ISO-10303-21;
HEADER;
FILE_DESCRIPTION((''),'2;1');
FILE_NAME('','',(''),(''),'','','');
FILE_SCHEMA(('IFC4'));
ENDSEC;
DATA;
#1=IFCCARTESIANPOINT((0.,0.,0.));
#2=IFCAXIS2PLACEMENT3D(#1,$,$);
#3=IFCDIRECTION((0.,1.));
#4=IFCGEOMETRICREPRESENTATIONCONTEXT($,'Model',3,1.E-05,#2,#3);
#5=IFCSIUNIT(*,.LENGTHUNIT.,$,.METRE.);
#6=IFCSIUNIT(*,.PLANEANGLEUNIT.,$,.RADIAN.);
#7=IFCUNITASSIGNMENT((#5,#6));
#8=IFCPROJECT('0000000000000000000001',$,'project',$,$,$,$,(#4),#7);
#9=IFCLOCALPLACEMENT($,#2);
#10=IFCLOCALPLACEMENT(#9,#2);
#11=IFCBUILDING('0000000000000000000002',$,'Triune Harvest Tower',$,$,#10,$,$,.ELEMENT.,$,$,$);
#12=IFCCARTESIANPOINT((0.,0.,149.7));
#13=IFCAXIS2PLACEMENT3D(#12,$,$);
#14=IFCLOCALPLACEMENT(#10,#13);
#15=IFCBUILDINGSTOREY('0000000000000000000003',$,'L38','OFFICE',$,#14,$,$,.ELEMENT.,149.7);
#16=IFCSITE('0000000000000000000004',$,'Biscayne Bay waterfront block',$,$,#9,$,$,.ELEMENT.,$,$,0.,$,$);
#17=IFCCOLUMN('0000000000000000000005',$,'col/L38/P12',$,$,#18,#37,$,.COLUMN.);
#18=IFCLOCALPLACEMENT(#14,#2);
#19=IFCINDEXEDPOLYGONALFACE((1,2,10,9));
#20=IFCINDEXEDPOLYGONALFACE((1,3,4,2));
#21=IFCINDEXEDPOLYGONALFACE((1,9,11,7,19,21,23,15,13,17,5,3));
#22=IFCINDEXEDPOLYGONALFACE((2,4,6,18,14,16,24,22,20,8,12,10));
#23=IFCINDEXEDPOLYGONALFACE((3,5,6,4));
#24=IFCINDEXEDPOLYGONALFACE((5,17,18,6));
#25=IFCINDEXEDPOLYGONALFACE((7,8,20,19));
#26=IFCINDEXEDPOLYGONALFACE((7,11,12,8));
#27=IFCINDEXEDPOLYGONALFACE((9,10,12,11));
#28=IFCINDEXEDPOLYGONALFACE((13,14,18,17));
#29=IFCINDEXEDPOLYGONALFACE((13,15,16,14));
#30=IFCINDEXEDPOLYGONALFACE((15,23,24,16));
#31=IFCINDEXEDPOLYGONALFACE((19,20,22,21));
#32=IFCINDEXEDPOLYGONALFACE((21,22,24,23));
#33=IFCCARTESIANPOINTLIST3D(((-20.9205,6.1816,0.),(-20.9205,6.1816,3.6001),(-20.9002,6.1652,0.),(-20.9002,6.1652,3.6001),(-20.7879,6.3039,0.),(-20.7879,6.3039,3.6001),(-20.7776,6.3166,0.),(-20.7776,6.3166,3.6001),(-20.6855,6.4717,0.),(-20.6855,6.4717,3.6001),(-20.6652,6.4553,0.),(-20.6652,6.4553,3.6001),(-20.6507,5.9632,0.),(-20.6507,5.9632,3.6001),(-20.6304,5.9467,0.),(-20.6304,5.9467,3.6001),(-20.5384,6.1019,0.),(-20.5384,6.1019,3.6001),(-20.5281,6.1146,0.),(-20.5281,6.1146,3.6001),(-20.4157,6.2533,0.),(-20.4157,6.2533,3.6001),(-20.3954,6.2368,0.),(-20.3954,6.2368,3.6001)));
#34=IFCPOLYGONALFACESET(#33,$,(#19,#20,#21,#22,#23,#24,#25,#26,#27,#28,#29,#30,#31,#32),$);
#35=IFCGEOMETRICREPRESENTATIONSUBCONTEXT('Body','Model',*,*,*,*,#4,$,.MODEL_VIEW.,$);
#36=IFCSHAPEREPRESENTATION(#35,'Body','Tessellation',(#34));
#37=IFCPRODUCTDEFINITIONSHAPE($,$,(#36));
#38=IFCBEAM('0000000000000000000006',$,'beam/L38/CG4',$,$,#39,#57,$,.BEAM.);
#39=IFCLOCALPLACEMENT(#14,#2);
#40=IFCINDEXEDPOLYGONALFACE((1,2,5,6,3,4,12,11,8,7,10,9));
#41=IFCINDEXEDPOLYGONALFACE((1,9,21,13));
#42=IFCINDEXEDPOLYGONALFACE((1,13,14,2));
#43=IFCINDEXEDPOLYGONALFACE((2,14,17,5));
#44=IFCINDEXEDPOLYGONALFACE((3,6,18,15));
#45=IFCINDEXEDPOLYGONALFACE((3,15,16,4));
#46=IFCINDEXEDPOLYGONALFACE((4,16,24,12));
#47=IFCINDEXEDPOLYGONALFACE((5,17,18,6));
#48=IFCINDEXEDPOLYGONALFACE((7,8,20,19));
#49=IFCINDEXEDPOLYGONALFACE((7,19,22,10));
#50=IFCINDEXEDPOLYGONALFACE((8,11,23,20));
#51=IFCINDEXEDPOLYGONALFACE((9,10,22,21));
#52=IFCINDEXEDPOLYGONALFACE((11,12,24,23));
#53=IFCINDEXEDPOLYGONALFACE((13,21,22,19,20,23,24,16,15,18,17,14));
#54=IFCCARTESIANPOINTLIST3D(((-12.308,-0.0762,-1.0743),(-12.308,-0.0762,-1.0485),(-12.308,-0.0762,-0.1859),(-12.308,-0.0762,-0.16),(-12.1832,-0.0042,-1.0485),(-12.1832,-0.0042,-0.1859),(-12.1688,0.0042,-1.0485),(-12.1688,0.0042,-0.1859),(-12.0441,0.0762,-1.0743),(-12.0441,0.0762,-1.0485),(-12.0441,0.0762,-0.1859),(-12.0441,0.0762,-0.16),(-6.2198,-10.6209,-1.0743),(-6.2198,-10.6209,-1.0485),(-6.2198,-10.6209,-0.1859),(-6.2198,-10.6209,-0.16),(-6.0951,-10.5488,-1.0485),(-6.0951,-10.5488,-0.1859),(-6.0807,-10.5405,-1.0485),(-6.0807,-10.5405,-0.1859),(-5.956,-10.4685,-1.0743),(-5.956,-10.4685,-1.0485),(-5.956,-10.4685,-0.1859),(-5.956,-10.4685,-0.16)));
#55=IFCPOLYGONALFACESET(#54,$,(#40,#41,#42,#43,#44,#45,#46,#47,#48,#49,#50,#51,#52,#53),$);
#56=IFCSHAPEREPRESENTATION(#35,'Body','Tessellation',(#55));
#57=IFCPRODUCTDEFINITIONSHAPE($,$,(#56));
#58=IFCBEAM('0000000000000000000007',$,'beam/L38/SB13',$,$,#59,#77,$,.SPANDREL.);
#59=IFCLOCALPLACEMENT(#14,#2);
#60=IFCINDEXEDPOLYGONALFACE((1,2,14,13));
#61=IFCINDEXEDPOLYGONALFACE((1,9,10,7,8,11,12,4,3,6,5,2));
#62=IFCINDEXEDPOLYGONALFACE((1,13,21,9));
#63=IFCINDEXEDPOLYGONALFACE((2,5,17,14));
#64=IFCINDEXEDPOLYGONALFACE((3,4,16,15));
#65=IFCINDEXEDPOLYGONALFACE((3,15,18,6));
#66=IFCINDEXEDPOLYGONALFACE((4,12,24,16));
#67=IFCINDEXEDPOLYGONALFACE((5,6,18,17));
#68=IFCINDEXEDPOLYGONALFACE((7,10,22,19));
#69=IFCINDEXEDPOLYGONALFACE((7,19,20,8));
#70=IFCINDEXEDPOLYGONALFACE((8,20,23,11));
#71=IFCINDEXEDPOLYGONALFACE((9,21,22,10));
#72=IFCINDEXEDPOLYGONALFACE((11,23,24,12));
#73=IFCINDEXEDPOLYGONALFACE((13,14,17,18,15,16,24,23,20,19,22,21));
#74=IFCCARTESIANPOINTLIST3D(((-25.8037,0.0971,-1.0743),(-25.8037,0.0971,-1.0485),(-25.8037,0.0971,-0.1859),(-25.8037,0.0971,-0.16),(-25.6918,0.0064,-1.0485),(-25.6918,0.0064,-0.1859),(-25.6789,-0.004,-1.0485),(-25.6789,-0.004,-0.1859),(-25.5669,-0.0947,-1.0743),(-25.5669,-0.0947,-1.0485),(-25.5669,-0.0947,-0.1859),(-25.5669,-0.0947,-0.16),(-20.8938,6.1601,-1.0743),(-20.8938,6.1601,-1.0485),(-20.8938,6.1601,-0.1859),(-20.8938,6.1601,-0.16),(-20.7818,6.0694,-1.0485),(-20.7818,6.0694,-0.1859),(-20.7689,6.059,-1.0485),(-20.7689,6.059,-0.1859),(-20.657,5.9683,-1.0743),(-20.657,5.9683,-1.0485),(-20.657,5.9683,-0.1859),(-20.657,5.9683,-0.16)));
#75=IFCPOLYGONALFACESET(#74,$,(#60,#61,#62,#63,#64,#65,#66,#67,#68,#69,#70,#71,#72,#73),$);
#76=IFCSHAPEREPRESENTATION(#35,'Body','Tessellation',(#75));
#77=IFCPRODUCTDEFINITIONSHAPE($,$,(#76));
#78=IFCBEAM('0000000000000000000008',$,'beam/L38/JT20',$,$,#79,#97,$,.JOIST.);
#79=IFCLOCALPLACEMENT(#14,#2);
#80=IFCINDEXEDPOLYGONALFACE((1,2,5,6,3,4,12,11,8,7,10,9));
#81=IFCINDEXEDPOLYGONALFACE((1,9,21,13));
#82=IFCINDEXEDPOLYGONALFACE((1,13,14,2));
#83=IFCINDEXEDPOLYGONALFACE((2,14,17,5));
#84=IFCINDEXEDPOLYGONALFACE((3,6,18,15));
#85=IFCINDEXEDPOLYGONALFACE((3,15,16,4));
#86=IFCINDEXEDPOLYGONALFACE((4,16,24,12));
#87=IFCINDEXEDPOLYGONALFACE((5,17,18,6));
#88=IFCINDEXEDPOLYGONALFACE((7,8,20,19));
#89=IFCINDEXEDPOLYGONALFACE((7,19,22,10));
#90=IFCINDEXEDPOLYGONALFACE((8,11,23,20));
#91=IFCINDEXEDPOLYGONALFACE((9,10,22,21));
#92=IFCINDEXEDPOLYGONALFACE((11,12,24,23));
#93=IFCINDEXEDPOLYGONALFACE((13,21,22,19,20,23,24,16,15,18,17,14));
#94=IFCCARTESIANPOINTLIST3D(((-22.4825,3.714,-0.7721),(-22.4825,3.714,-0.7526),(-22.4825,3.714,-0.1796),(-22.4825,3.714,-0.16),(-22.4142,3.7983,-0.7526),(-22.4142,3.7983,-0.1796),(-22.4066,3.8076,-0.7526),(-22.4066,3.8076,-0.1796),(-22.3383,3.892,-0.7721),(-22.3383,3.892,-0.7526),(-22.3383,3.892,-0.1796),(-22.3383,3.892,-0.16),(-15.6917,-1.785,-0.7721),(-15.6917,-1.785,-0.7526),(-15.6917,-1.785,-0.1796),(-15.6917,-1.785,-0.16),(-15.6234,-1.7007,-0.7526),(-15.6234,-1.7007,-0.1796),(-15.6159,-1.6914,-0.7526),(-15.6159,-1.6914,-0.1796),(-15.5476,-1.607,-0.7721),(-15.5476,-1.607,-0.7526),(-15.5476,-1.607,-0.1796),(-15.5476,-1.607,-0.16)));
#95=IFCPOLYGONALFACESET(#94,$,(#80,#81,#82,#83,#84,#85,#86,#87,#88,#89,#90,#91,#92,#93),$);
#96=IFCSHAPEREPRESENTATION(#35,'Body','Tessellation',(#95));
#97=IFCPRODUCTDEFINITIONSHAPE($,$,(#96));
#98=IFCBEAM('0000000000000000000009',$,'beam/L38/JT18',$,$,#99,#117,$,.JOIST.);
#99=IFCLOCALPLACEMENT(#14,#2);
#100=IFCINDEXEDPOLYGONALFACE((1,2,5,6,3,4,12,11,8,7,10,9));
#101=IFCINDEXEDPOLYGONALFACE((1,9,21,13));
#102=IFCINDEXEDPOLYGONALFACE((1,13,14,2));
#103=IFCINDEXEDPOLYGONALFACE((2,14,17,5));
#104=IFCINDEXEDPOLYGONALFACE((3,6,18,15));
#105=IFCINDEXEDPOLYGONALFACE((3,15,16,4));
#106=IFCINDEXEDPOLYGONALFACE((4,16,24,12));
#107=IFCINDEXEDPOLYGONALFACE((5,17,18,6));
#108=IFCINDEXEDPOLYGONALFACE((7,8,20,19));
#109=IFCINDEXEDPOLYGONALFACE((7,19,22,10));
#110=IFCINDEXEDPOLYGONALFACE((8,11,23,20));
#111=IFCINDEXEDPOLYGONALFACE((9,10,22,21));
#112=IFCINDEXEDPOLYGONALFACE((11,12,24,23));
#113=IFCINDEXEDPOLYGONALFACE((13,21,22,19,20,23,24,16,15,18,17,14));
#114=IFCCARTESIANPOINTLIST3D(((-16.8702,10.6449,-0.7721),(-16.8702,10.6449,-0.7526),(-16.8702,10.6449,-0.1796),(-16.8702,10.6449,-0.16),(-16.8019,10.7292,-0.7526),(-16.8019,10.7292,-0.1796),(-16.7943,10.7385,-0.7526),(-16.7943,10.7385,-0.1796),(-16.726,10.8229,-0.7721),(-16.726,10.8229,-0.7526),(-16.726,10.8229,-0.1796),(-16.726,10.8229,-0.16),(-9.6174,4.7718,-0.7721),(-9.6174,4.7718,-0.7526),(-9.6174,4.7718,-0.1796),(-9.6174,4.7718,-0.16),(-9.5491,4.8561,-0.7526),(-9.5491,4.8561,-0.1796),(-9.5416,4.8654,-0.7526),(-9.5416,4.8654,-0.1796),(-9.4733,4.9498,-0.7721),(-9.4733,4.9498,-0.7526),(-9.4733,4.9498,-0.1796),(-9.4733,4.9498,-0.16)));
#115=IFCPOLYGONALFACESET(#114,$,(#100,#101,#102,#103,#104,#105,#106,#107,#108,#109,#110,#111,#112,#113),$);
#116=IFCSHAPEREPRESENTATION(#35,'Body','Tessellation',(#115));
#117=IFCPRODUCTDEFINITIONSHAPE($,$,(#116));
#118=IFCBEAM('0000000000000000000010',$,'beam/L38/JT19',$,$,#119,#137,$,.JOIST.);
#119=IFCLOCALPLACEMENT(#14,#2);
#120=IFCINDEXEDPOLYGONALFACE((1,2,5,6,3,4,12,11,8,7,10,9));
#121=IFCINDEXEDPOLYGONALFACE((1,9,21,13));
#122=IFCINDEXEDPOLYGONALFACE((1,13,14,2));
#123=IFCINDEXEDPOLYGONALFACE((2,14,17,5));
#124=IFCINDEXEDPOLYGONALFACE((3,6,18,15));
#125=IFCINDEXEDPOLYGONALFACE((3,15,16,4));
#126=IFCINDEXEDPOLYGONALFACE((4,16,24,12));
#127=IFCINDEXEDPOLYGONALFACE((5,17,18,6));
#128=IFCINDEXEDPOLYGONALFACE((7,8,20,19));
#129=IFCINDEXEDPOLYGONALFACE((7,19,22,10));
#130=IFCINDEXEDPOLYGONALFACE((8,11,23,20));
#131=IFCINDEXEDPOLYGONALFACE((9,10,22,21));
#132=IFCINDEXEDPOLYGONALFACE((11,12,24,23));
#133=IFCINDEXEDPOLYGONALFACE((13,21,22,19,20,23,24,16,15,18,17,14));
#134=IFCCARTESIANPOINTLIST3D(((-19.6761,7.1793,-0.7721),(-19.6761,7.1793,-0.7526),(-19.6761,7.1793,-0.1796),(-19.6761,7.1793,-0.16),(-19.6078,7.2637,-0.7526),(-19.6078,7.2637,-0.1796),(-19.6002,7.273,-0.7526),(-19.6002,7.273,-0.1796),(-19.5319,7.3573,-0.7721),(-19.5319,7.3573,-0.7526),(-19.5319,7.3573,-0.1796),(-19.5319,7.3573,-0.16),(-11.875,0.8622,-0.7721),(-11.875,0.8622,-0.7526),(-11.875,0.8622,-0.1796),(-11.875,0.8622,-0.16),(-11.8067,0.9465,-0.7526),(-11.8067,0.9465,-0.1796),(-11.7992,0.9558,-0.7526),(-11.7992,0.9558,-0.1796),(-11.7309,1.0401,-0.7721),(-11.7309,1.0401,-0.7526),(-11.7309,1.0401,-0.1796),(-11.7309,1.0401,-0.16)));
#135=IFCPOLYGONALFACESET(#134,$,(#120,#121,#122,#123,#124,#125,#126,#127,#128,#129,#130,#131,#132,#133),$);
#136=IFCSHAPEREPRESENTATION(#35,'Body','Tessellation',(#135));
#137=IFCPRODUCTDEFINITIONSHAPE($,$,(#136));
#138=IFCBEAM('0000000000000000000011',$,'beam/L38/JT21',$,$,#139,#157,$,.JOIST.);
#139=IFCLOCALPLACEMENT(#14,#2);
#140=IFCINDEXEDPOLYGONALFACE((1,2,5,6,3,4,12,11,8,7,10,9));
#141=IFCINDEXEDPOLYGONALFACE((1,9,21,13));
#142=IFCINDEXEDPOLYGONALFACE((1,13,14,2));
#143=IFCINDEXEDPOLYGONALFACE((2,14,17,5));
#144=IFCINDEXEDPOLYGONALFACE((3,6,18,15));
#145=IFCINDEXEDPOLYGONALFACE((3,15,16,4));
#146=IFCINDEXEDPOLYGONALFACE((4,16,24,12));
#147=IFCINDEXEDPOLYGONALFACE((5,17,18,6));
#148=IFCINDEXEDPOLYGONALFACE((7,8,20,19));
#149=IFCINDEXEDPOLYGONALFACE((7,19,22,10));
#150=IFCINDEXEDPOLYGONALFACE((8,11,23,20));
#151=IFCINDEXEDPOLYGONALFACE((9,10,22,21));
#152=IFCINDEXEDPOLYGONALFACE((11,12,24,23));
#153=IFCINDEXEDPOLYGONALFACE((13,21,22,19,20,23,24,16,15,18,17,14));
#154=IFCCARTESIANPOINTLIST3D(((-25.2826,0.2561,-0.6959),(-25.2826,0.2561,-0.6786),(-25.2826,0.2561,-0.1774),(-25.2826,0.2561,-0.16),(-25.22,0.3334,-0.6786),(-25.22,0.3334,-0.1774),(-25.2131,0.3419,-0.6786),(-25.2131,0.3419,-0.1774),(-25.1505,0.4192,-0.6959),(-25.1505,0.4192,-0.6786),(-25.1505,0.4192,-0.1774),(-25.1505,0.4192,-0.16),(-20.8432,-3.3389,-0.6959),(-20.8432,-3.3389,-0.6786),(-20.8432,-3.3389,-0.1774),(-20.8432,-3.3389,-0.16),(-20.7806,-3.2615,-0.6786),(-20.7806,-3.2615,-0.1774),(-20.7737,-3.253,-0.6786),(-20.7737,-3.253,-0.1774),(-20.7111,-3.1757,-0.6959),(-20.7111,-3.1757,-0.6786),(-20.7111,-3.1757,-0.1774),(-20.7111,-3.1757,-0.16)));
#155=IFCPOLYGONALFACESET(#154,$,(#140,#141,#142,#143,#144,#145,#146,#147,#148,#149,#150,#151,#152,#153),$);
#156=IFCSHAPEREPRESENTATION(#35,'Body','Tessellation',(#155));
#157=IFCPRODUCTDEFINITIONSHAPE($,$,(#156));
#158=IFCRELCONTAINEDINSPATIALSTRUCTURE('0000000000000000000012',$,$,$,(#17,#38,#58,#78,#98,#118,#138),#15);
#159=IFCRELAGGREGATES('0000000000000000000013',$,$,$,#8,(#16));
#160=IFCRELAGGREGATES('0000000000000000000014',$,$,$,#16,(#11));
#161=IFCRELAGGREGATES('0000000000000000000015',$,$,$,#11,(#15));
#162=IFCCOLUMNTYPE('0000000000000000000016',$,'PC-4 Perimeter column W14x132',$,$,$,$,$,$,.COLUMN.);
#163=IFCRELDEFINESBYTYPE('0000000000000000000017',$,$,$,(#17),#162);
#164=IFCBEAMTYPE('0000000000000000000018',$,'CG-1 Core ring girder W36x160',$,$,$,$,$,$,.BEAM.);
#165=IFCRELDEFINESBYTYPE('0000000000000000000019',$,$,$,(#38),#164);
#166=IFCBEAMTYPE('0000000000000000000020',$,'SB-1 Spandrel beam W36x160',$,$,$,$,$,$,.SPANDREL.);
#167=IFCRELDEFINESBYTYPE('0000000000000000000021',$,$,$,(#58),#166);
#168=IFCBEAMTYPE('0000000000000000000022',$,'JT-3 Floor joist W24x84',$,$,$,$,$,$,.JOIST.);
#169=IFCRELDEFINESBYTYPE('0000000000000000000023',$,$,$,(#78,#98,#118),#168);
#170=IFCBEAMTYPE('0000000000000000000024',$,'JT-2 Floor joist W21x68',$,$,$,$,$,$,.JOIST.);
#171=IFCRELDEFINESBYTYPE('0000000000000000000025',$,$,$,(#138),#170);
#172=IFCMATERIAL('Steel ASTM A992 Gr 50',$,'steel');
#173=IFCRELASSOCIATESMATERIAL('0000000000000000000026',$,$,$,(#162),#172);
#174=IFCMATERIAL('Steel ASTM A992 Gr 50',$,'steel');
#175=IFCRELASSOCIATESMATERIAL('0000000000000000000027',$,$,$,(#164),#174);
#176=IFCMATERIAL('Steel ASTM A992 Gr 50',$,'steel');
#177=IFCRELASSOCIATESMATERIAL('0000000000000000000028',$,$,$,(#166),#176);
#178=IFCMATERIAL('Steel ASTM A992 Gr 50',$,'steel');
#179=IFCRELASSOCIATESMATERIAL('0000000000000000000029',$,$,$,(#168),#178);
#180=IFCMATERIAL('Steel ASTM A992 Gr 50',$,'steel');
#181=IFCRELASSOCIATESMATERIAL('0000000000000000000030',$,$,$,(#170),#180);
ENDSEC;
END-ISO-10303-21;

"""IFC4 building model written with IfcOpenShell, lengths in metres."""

from ifc_helpers import new_model, si_unit, direction, frame, origin, origin_2d, place, context, subcontext, project, spatial, i_section, extrude, source, transform, mapped, material, material_profile, profile_set, type_object, element, save


model = new_model("IFC4")

# Units and contexts
model_context = context("Model", 3, precision=1e-05, world=origin(), true_north=direction((0.0, 1.0)))
body_context = subcontext(model_context, "Body", "Model", "MODEL_VIEW")
ifc_project = project(units=[si_unit("LENGTHUNIT", "METRE"), si_unit("PLANEANGLEUNIT", "RADIAN")], contexts=[model_context])

# Site, building, storey
site_placement = place(None, origin())
site = spatial("IfcSite", under=ifc_project, at=site_placement, Name="Biscayne Bay waterfront block", CompositionType="ELEMENT", RefElevation=0.0)
building_placement = place(site_placement, origin())
building = spatial("IfcBuilding", under=site, at=building_placement, Name="Triune Harvest Tower", CompositionType="ELEMENT")
storey_placement = place(building_placement, frame((0.0, 0.0, 149.7)))
storey = spatial("IfcBuildingStorey", under=building, at=storey_placement, Name="L38", Description="OFFICE", CompositionType="ELEMENT", Elevation=149.7)

# Column
ifc_material_1 = material(Name="Steel ASTM A992 Gr 50", Category="steel")
ifc_material_profile_1 = material_profile(ifc_material_1, i_section(OverallWidth=0.3733, OverallDepth=0.3733, WebThickness=0.0164, FlangeThickness=0.0261, at=origin_2d()), Name="W14x132")
ifc_profile_set_1 = profile_set([ifc_material_profile_1], Name="Steel ASTM A992 Gr 50")
column_type = type_object("IfcColumnType", Name="PC-4 Perimeter column W14x132", PredefinedType="COLUMN", material=ifc_profile_set_1)
shared_shape_1 = source(origin(), body_context, "Body", "SweptSolid", [
    extrude(i_section(OverallWidth=0.3733, OverallDepth=0.3733, WebThickness=0.0164, FlangeThickness=0.0261, at=origin_2d()), origin(), (0.0, 0.0, 1.0), 3.6001),
])
column_placement = place(storey_placement, frame((-20.658, 6.2092, 0.0), z_axis=(0.0, 0.0, 1.0), x_axis=(-0.629322, -0.777145, 0.0)))
element("IfcColumn", 1, at=column_placement, inside=storey, type_object=column_type, Name="col/L38/P12", PredefinedType="COLUMN", context=body_context, shape_type="MappedRepresentation", body=[
    mapped(shared_shape_1, transform((0.0, 0.0, 0.0), scale=1.0)),
])

# Beams
ifc_material_2 = material(Name="Steel ASTM A992 Gr 50", Category="steel")
ifc_material_profile_2 = material_profile(ifc_material_2, i_section(OverallWidth=0.3047, OverallDepth=0.9143, WebThickness=0.0166, FlangeThickness=0.0259, at=origin_2d()), Name="W36x160")
ifc_profile_set_2 = profile_set([ifc_material_profile_2], Name="Steel ASTM A992 Gr 50")
beam_type_1 = type_object("IfcBeamType", Name="CG-1 Core ring girder W36x160", PredefinedType="BEAM", material=ifc_profile_set_2)
shared_shape_2 = source(origin(), body_context, "Body", "SweptSolid", [
    extrude(i_section(OverallWidth=0.3047, OverallDepth=0.9143, WebThickness=0.0166, FlangeThickness=0.0259, at=origin_2d()), origin(), (0.0, 0.0, 1.0), 12.176),
])
beam_1_placement = place(storey_placement, frame((-12.176, 0.0, -0.6172), z_axis=(0.50001, -0.86602, 0.0), x_axis=(0.86602, 0.50001, 0.0)))
element("IfcBeam", 2, at=beam_1_placement, inside=storey, type_object=beam_type_1, Name="beam/L38/CG4", PredefinedType="BEAM", context=body_context, shape_type="MappedRepresentation", body=[
    mapped(shared_shape_2, transform((0.0, 0.0, 0.0), scale=1.0)),
])
ifc_material_3 = material(Name="Steel ASTM A992 Gr 50", Category="steel")
ifc_material_profile_3 = material_profile(ifc_material_3, i_section(OverallWidth=0.3047, OverallDepth=0.9143, WebThickness=0.0166, FlangeThickness=0.0259, at=origin_2d()), Name="W36x160")
ifc_profile_set_3 = profile_set([ifc_material_profile_3], Name="Steel ASTM A992 Gr 50")
beam_type_2 = type_object("IfcBeamType", Name="SB-1 Spandrel beam W36x160", PredefinedType="SPANDREL", material=ifc_profile_set_3)
shared_shape_3 = source(origin(), body_context, "Body", "SweptSolid", [
    extrude(i_section(OverallWidth=0.3047, OverallDepth=0.9143, WebThickness=0.0166, FlangeThickness=0.0259, at=origin_2d()), origin(), (0.0, 0.0, 1.0), 7.8018),
])
beam_2_placement = place(storey_placement, frame((-20.7754, 6.0642, -0.6172), z_axis=(-0.629336, -0.777133, 0.0), x_axis=(0.777133, -0.629336, 0.0)))
element("IfcBeam", 3, at=beam_2_placement, inside=storey, type_object=beam_type_2, Name="beam/L38/SB13", PredefinedType="SPANDREL", context=body_context, shape_type="MappedRepresentation", body=[
    mapped(shared_shape_3, transform((0.0, 0.0, 0.0), scale=1.0)),
])
ifc_material_4 = material(Name="Steel ASTM A992 Gr 50", Category="steel")
ifc_material_profile_4 = material_profile(ifc_material_4, i_section(OverallWidth=0.229, OverallDepth=0.6121, WebThickness=0.012, FlangeThickness=0.0195, at=origin_2d()), Name="W24x84")
ifc_profile_set_4 = profile_set([ifc_material_profile_4], Name="Steel ASTM A992 Gr 50")
beam_type_3 = type_object("IfcBeamType", Name="JT-3 Floor joist W24x84", PredefinedType="JOIST", material=ifc_profile_set_4)
shared_shape_4 = source(origin(), body_context, "Body", "SweptSolid", [
    extrude(i_section(OverallWidth=0.229, OverallDepth=0.6121, WebThickness=0.012, FlangeThickness=0.0195, at=origin_2d()), origin(), (0.0, 0.0, 1.0), 8.738),
])
beam_3_placement = place(storey_placement, frame((-22.4104, 3.803, -0.4661), z_axis=(0.777148, -0.629318, 0.0), x_axis=(0.629318, 0.777148, 0.0)))
element("IfcBeam", 4, at=beam_3_placement, inside=storey, type_object=beam_type_3, Name="beam/L38/JT20", PredefinedType="JOIST", context=body_context, shape_type="MappedRepresentation", body=[
    mapped(shared_shape_4, transform((0.0, 0.0, 0.0), scale=1.0)),
])
shared_shape_5 = source(origin(), body_context, "Body", "SweptSolid", [
    extrude(i_section(OverallWidth=0.229, OverallDepth=0.6121, WebThickness=0.012, FlangeThickness=0.0195, at=origin_2d()), origin(), (0.0, 0.0, 1.0), 9.3325),
])
beam_4_placement = place(storey_placement, frame((-16.7981, 10.7339, -0.4661), z_axis=(0.777149, -0.629316, 0.0), x_axis=(0.629316, 0.777149, 0.0)))
element("IfcBeam", 5, at=beam_4_placement, inside=storey, type_object=beam_type_3, Name="beam/L38/JT18", PredefinedType="JOIST", context=body_context, shape_type="MappedRepresentation", body=[
    mapped(shared_shape_5, transform((0.0, 0.0, 0.0), scale=1.0)),
])
shared_shape_6 = source(origin(), body_context, "Body", "SweptSolid", [
    extrude(i_section(OverallWidth=0.229, OverallDepth=0.6121, WebThickness=0.012, FlangeThickness=0.0195, at=origin_2d()), origin(), (0.0, 0.0, 1.0), 10.0381),
])
beam_5_placement = place(storey_placement, frame((-19.604, 7.2683, -0.4661), z_axis=(0.777146, -0.62932, 0.0), x_axis=(0.62932, 0.777146, 0.0)))
element("IfcBeam", 6, at=beam_5_placement, inside=storey, type_object=beam_type_3, Name="beam/L38/JT19", PredefinedType="JOIST", context=body_context, shape_type="MappedRepresentation", body=[
    mapped(shared_shape_6, transform((0.0, 0.0, 0.0), scale=1.0)),
])
ifc_material_5 = material(Name="Steel ASTM A992 Gr 50", Category="steel")
ifc_material_profile_5 = material_profile(ifc_material_5, i_section(OverallWidth=0.21, OverallDepth=0.5359, WebThickness=0.011, FlangeThickness=0.0173, at=origin_2d()), Name="W21x68")
ifc_profile_set_5 = profile_set([ifc_material_profile_5], Name="Steel ASTM A992 Gr 50")
beam_type_4 = type_object("IfcBeamType", Name="JT-2 Floor joist W21x68", PredefinedType="JOIST", material=ifc_profile_set_5)
shared_shape_7 = source(origin(), body_context, "Body", "SweptSolid", [
    extrude(i_section(OverallWidth=0.21, OverallDepth=0.5359, WebThickness=0.011, FlangeThickness=0.0173, at=origin_2d()), origin(), (0.0, 0.0, 1.0), 5.7124),
])
beam_6_placement = place(storey_placement, frame((-25.2166, 0.3376, -0.428), z_axis=(0.777148, -0.629317, 0.0), x_axis=(0.629317, 0.777148, 0.0)))
element("IfcBeam", 7, at=beam_6_placement, inside=storey, type_object=beam_type_4, Name="beam/L38/JT21", PredefinedType="JOIST", context=body_context, shape_type="MappedRepresentation", body=[
    mapped(shared_shape_7, transform((0.0, 0.0, 0.0), scale=1.0)),
])

save(model, "model.ifc")
